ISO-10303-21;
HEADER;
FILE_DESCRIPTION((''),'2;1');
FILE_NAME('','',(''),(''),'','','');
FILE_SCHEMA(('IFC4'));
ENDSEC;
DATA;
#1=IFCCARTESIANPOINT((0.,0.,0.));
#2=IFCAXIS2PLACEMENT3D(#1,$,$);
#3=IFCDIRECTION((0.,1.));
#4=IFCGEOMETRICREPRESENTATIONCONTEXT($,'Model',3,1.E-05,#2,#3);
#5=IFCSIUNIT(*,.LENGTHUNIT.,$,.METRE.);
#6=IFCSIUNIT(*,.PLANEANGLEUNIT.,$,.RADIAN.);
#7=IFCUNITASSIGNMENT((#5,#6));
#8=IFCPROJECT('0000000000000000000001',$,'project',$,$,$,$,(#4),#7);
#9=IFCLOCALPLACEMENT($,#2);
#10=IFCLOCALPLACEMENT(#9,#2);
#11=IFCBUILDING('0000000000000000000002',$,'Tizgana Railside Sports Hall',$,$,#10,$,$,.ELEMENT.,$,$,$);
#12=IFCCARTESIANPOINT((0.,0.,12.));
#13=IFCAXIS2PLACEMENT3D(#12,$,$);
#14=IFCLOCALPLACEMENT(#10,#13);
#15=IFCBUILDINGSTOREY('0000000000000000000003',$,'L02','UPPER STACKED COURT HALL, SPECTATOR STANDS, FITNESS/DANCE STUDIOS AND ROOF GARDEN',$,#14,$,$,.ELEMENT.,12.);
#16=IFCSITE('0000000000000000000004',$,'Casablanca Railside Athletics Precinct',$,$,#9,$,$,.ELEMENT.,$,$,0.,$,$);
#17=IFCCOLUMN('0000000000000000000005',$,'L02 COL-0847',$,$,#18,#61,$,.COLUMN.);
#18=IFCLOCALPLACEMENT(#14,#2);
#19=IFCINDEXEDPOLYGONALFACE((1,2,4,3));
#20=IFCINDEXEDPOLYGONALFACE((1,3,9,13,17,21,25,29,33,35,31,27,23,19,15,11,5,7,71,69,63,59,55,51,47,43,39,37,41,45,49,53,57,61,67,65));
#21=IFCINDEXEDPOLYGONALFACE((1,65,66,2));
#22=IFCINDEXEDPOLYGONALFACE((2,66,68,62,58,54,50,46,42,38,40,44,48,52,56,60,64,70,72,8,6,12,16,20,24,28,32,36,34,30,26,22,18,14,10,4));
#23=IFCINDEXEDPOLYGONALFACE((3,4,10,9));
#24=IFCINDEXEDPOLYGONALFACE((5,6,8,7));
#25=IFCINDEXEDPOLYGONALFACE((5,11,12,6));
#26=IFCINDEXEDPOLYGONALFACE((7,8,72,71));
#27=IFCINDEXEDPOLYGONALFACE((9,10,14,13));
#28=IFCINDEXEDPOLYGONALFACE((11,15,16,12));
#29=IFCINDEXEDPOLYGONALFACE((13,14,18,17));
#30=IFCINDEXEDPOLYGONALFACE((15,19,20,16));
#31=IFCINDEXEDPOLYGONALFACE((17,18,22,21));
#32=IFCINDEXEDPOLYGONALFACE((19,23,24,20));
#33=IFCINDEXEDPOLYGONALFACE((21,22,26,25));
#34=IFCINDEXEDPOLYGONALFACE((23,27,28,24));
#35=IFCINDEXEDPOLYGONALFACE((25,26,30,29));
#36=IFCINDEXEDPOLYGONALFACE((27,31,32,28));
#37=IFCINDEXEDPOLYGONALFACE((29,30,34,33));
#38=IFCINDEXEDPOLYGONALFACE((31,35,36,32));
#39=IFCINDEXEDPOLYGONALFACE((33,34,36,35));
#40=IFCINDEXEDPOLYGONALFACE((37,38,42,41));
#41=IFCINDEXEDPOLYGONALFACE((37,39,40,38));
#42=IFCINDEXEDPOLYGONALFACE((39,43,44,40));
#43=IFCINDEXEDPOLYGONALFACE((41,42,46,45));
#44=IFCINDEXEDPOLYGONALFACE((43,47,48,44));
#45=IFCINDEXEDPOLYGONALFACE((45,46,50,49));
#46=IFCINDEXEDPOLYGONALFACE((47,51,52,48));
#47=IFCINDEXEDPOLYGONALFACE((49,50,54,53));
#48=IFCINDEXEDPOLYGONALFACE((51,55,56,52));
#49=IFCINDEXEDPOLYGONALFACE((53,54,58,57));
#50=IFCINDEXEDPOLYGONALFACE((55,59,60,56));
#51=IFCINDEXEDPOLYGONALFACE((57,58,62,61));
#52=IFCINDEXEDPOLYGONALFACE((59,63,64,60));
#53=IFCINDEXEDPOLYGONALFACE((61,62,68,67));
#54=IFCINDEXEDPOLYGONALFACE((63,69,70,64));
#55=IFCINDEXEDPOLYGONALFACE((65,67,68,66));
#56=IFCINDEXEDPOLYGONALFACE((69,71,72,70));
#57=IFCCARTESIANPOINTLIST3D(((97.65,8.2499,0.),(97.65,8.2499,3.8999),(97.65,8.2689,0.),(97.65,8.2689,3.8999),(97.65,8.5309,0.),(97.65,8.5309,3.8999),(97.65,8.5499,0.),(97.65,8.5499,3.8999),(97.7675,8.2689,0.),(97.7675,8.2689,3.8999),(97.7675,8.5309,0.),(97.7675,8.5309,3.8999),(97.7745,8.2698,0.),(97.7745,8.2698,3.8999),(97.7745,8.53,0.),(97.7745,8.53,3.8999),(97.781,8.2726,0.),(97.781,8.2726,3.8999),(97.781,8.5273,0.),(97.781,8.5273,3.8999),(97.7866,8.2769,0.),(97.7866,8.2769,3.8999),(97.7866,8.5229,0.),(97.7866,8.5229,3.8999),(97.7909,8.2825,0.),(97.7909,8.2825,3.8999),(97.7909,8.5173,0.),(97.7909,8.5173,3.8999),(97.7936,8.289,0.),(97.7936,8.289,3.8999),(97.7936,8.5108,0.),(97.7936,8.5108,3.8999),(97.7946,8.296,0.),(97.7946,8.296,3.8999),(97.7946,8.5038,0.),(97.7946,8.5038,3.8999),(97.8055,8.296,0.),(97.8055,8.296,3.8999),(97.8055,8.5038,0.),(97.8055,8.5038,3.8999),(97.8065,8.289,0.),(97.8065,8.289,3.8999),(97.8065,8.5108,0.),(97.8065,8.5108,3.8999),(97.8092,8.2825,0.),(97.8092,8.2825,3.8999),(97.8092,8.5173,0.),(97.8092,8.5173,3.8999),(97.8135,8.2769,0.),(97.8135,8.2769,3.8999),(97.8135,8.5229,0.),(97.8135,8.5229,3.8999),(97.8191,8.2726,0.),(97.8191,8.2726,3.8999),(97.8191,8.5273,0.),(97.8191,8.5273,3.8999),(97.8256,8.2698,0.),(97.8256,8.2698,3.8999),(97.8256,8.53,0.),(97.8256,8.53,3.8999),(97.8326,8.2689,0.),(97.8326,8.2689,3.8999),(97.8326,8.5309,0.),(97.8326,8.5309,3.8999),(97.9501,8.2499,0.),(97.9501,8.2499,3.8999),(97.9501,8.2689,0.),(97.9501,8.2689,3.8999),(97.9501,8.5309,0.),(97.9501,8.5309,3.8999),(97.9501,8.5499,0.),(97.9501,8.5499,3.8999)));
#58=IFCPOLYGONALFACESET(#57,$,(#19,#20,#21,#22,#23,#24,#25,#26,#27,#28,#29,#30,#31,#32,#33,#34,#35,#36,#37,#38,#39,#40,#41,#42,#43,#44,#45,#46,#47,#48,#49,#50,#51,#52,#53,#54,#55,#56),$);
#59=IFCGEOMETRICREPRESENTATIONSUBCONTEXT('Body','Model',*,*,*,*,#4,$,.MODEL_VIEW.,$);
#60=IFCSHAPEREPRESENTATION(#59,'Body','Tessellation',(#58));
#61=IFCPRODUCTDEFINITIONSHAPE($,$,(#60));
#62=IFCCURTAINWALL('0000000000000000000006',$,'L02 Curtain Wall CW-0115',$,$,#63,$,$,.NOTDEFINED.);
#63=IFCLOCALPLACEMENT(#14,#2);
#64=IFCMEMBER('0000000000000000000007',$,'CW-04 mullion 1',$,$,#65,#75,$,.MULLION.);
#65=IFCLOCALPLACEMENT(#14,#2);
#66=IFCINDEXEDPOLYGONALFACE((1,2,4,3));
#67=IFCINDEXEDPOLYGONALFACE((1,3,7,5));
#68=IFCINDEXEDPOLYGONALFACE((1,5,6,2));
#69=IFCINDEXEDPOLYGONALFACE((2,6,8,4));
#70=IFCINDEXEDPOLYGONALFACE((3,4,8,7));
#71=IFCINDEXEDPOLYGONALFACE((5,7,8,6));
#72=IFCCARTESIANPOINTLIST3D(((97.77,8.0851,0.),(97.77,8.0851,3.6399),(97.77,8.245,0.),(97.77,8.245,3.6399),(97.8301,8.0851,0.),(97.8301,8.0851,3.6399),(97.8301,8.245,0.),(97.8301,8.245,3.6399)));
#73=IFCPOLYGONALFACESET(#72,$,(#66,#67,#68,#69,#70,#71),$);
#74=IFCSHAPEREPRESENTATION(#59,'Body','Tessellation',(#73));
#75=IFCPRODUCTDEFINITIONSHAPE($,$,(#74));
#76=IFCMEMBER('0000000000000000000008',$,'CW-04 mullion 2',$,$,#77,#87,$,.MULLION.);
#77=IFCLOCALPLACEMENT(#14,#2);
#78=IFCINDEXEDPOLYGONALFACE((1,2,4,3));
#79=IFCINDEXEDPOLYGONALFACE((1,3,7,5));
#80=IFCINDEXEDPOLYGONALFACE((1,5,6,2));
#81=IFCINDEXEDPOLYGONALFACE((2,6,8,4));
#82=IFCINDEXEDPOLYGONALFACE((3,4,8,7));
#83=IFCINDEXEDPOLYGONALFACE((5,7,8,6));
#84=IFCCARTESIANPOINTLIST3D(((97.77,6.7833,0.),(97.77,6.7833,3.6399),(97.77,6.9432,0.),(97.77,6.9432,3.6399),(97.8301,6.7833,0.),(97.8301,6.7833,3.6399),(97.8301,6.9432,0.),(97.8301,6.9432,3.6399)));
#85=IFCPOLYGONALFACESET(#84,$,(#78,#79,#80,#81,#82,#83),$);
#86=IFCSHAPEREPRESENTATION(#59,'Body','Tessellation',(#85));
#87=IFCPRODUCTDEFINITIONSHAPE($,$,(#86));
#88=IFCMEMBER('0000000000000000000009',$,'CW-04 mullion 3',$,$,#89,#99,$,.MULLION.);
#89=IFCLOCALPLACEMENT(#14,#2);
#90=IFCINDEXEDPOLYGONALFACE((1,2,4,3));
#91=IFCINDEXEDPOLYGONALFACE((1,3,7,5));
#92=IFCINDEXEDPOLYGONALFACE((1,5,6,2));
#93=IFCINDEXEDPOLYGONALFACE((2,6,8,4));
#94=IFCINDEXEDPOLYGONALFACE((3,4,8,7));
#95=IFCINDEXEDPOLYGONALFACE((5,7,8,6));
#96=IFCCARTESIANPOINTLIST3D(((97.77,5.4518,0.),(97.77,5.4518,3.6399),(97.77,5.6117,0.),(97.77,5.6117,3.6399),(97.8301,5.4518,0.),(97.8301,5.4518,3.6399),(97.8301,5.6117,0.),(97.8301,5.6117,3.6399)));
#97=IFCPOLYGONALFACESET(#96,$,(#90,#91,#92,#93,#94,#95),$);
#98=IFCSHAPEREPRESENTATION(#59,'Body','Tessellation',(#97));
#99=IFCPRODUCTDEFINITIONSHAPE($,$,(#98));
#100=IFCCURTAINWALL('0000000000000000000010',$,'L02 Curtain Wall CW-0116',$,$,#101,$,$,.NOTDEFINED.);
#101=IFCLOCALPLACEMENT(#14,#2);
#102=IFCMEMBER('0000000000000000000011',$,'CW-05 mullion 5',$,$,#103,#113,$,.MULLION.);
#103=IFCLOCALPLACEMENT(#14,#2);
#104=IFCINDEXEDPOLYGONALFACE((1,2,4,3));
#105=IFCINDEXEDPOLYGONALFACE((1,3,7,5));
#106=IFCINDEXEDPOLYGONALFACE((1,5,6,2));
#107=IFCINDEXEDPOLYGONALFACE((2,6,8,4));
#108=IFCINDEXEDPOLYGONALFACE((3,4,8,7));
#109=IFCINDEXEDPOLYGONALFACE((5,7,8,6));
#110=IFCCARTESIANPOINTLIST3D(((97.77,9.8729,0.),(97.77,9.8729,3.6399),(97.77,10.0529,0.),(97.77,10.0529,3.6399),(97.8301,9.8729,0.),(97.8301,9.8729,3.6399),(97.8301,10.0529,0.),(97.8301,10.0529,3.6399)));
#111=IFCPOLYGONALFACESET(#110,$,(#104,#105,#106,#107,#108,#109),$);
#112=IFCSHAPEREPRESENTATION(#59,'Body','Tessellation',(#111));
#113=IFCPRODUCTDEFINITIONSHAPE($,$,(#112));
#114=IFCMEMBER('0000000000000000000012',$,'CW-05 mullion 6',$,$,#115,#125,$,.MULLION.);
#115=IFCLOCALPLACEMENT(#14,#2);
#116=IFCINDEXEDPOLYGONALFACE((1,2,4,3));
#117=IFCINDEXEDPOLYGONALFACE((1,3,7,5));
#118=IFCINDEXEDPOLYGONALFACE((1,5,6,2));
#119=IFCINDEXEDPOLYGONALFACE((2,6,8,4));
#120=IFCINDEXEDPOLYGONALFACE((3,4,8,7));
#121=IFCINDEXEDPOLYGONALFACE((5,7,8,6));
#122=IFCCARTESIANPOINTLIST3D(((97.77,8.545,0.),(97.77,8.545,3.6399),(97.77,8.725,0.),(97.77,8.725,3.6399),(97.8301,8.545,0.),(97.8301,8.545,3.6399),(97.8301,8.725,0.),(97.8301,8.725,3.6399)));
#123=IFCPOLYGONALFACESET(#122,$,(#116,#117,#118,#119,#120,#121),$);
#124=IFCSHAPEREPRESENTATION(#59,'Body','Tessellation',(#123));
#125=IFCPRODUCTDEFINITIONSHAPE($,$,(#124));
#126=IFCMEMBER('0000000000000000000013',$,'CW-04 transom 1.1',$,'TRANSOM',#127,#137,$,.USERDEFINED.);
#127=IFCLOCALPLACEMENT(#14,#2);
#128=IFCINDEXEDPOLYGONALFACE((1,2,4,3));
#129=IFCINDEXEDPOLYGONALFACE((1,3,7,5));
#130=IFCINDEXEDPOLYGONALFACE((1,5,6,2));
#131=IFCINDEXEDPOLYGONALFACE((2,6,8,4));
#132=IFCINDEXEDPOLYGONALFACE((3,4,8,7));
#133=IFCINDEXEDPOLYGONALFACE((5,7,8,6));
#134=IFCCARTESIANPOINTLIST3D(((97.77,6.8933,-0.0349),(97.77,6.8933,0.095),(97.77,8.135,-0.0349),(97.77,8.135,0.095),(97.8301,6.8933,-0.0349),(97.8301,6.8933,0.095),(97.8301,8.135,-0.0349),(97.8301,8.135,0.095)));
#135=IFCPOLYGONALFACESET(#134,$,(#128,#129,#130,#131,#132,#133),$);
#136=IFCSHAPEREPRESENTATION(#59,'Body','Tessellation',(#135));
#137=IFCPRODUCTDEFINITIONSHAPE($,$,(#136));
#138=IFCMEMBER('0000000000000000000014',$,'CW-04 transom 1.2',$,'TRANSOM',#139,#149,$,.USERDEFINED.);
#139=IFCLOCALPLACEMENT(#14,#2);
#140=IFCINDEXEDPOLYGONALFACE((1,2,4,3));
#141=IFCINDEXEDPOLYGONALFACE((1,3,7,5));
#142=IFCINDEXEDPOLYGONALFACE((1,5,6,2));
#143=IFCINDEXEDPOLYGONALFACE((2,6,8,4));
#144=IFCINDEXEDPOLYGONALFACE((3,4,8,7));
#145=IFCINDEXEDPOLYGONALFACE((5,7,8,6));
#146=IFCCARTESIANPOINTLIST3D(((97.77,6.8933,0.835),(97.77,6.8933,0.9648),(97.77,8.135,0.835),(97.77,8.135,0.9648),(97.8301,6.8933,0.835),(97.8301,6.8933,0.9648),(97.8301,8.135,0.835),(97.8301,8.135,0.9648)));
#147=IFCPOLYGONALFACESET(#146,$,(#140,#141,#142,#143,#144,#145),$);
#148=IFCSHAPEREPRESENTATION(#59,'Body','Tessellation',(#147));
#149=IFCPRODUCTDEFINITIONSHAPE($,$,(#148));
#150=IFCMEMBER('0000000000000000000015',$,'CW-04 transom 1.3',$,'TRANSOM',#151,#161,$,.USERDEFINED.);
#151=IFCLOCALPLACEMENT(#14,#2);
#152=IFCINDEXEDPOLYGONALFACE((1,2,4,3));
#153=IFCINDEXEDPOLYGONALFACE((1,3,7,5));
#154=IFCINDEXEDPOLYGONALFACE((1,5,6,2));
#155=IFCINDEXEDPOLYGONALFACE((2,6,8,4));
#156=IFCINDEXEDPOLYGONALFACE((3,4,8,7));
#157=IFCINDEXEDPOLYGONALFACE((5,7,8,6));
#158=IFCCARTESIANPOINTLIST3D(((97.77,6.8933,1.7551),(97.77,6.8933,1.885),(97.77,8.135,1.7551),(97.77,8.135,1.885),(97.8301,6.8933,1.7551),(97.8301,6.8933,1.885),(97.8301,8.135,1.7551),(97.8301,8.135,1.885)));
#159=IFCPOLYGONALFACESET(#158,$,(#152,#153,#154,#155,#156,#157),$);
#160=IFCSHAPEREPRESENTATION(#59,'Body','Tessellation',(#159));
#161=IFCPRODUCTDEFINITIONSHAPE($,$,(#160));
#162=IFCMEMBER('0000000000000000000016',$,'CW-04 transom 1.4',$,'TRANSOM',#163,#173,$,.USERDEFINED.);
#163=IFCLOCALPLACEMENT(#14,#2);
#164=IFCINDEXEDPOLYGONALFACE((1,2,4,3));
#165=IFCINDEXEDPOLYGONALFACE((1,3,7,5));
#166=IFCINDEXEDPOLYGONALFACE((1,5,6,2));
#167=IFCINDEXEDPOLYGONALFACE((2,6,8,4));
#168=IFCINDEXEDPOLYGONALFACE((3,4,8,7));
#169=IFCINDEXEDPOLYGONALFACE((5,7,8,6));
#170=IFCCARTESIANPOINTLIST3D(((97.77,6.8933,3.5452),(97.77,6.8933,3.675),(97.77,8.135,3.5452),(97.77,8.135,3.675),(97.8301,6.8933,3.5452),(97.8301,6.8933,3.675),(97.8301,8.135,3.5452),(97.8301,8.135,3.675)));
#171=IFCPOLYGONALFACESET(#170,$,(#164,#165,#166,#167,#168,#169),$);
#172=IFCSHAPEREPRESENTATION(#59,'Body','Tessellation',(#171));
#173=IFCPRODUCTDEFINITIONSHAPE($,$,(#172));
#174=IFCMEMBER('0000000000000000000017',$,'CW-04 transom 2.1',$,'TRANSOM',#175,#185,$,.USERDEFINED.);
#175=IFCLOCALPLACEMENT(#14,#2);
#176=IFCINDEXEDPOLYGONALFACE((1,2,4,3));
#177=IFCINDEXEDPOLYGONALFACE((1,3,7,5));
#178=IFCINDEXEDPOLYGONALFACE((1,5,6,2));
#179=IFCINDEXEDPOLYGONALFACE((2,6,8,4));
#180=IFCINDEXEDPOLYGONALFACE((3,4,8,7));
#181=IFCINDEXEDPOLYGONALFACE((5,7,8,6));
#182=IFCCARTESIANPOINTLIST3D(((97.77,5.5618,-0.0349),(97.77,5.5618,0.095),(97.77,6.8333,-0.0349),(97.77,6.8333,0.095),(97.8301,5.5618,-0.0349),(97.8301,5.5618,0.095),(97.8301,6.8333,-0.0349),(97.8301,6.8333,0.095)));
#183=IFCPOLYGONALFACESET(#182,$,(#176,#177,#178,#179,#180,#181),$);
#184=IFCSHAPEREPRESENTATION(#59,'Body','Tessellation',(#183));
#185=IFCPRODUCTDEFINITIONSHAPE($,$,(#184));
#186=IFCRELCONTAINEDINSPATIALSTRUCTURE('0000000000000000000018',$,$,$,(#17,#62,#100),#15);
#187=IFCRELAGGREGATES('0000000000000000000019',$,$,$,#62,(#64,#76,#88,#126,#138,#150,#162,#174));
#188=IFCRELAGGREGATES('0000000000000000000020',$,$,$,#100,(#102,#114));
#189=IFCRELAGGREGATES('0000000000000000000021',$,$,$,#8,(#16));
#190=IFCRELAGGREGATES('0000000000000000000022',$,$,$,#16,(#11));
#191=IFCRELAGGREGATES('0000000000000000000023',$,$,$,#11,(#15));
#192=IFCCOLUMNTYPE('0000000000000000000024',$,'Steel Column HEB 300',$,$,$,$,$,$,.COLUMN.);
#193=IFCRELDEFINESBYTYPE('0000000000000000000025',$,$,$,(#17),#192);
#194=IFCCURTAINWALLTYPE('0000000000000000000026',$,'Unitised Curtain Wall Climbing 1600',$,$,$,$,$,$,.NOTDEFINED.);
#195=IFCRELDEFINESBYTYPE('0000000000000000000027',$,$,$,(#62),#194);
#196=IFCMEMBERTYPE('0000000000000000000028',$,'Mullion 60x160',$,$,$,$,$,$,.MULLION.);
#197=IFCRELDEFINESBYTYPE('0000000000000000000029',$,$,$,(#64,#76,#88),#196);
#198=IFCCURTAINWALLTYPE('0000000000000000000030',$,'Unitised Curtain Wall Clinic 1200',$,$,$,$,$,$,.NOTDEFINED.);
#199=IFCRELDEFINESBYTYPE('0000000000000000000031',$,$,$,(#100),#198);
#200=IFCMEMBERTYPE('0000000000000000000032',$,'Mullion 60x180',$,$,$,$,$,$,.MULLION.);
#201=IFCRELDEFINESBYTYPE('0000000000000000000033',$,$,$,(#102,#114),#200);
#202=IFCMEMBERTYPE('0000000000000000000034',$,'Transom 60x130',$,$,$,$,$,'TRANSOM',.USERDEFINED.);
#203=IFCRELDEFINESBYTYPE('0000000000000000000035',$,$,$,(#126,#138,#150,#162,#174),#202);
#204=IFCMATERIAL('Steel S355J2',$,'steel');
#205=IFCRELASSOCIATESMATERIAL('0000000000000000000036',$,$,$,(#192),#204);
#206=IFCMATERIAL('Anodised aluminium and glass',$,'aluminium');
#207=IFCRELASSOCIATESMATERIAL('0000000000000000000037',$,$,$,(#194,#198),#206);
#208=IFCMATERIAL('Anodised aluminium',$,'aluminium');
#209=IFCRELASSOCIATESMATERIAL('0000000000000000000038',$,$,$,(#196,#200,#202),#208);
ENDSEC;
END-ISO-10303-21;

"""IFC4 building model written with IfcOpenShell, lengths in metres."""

from ifc_helpers import new_model, si_unit, direction, frame, origin, origin_2d, place, context, subcontext, project, spatial, rectangle, i_section, extrude, material, material_profile, profile_set, type_object, element, aggregate, save


model = new_model("IFC4")

# Units and contexts
model_context = context("Model", 3, precision=1e-05, world=origin(), true_north=direction((0.0, 1.0)))
body_context = subcontext(model_context, "Body", "Model", "MODEL_VIEW")
ifc_project = project(units=[si_unit("LENGTHUNIT", "METRE"), si_unit("PLANEANGLEUNIT", "RADIAN")], contexts=[model_context])

# Site, building, storey
site_placement = place(None, origin())
site = spatial("IfcSite", under=ifc_project, at=site_placement, Name="Casablanca Railside Athletics Precinct", CompositionType="ELEMENT", RefElevation=0.0)
building_placement = place(site_placement, origin())
building = spatial("IfcBuilding", under=site, at=building_placement, Name="Tizgana Railside Sports Hall", CompositionType="ELEMENT")
storey_placement = place(building_placement, frame((0.0, 0.0, 12.0)))
storey = spatial("IfcBuildingStorey", under=building, at=storey_placement, Name="L02", Description="UPPER STACKED COURT HALL, SPECTATOR STANDS, FITNESS/DANCE STUDIOS AND ROOF GARDEN", CompositionType="ELEMENT", Elevation=12.0)

# Column
ifc_material_1 = material(Name="Steel S355J2", Category="steel")
ifc_material_profile_1 = material_profile(ifc_material_1, i_section(OverallWidth=0.3, OverallDepth=0.3, WebThickness=0.011, FlangeThickness=0.019, FilletRadius=0.0271, at=origin_2d()), Name="HEB 300")
ifc_profile_set_1 = profile_set([ifc_material_profile_1], Name="Steel S355J2")
column_type = type_object("IfcColumnType", Name="Steel Column HEB 300", PredefinedType="COLUMN", material=ifc_profile_set_1)
column_placement = place(storey_placement, frame((97.8, 8.3999, 0.0), z_axis=(0.0, 0.0, 1.0), x_axis=(1.0, 0.0, 0.0)))
element("IfcColumn", 1, at=column_placement, inside=storey, type_object=column_type, Name="L02 COL-0847", PredefinedType="COLUMN", context=body_context, shape_type="SweptSolid", body=[
    extrude(i_section(OverallWidth=0.3, OverallDepth=0.3, WebThickness=0.011, FlangeThickness=0.019, FilletRadius=0.0271, at=origin_2d()), origin(), (0.0, 0.0, 1.0), 3.8999),
])

# Curtain walls, members
ifc_material_2 = material(Name="Anodised aluminium and glass", Category="aluminium")
curtain_wall_type_1 = type_object("IfcCurtainWallType", Name="Unitised Curtain Wall Climbing 1600", PredefinedType="NOTDEFINED", material=ifc_material_2)
curtain_wall_1_placement = place(storey_placement, origin())
curtain_wall_1 = element("IfcCurtainWall", 2, at=curtain_wall_1_placement, inside=storey, type_object=curtain_wall_type_1, Name="L02 Curtain Wall CW-0115", PredefinedType="NOTDEFINED")
ifc_material_3 = material(Name="Anodised aluminium", Category="aluminium")
ifc_material_profile_2 = material_profile(ifc_material_3, rectangle(XDim=0.0601, YDim=0.1599, at=origin_2d()), Name="Mullion 60x160")
ifc_profile_set_2 = profile_set([ifc_material_profile_2], Name="Anodised aluminium")
member_type_1 = type_object("IfcMemberType", Name="Mullion 60x160", PredefinedType="MULLION", material=ifc_profile_set_2)
member_1_placement = place(storey_placement, frame((97.8, 8.165, 0.0), z_axis=(0.0, 0.0, 1.0), x_axis=(1.0, 0.0, 0.0)))
member_1 = element("IfcMember", 3, at=member_1_placement, type_object=member_type_1, Name="CW-04 mullion 1", PredefinedType="MULLION", context=body_context, shape_type="SweptSolid", body=[
    extrude(rectangle(XDim=0.0601, YDim=0.1599, at=origin_2d()), origin(), (0.0, 0.0, 1.0), 3.6399),
])
member_2_placement = place(storey_placement, frame((97.8, 6.8633, 0.0), z_axis=(0.0, 0.0, 1.0), x_axis=(1.0, 0.0, 0.0)))
member_2 = element("IfcMember", 4, at=member_2_placement, type_object=member_type_1, Name="CW-04 mullion 2", PredefinedType="MULLION", context=body_context, shape_type="SweptSolid", body=[
    extrude(rectangle(XDim=0.0601, YDim=0.1599, at=origin_2d()), origin(), (0.0, 0.0, 1.0), 3.6399),
])
member_3_placement = place(storey_placement, frame((97.8, 5.5317, 0.0), z_axis=(0.0, 0.0, 1.0), x_axis=(1.0, 0.0, 0.0)))
member_3 = element("IfcMember", 5, at=member_3_placement, type_object=member_type_1, Name="CW-04 mullion 3", PredefinedType="MULLION", context=body_context, shape_type="SweptSolid", body=[
    extrude(rectangle(XDim=0.0601, YDim=0.1599, at=origin_2d()), origin(), (0.0, 0.0, 1.0), 3.6399),
])
curtain_wall_type_2 = type_object("IfcCurtainWallType", Name="Unitised Curtain Wall Clinic 1200", PredefinedType="NOTDEFINED", material=ifc_material_2)
curtain_wall_2_placement = place(storey_placement, origin())
curtain_wall_2 = element("IfcCurtainWall", 6, at=curtain_wall_2_placement, inside=storey, type_object=curtain_wall_type_2, Name="L02 Curtain Wall CW-0116", PredefinedType="NOTDEFINED")
ifc_material_profile_3 = material_profile(ifc_material_3, rectangle(XDim=0.0601, YDim=0.1799, at=origin_2d()), Name="Mullion 60x180")
ifc_profile_set_3 = profile_set([ifc_material_profile_3], Name="Anodised aluminium")
member_type_2 = type_object("IfcMemberType", Name="Mullion 60x180", PredefinedType="MULLION", material=ifc_profile_set_3)
member_4_placement = place(storey_placement, frame((97.8, 9.9629, 0.0), z_axis=(0.0, 0.0, 1.0), x_axis=(1.0, 0.0, 0.0)))
member_4 = element("IfcMember", 7, at=member_4_placement, type_object=member_type_2, Name="CW-05 mullion 5", PredefinedType="MULLION", context=body_context, shape_type="SweptSolid", body=[
    extrude(rectangle(XDim=0.0601, YDim=0.1799, at=origin_2d()), origin(), (0.0, 0.0, 1.0), 3.6399),
])
member_5_placement = place(storey_placement, frame((97.8, 8.635, 0.0), z_axis=(0.0, 0.0, 1.0), x_axis=(1.0, 0.0, 0.0)))
member_5 = element("IfcMember", 8, at=member_5_placement, type_object=member_type_2, Name="CW-05 mullion 6", PredefinedType="MULLION", context=body_context, shape_type="SweptSolid", body=[
    extrude(rectangle(XDim=0.0601, YDim=0.1799, at=origin_2d()), origin(), (0.0, 0.0, 1.0), 3.6399),
])

# Members
ifc_material_profile_4 = material_profile(ifc_material_3, rectangle(XDim=0.0601, YDim=0.1299, at=origin_2d()), Name="Transom 60x130")
ifc_profile_set_4 = profile_set([ifc_material_profile_4], Name="Anodised aluminium")
member_type_3 = type_object("IfcMemberType", Name="Transom 60x130", ElementType="TRANSOM", PredefinedType="USERDEFINED", material=ifc_profile_set_4)
member_6_placement = place(storey_placement, frame((97.8, 8.135, 0.03), z_axis=(0.0, -1.0, 0.0), x_axis=(1.0, 0.0, 0.0)))
member_6 = element("IfcMember", 9, at=member_6_placement, type_object=member_type_3, Name="CW-04 transom 1.1", ObjectType="TRANSOM", PredefinedType="USERDEFINED", context=body_context, shape_type="SweptSolid", body=[
    extrude(rectangle(XDim=0.0601, YDim=0.1299, at=origin_2d()), origin(), (0.0, 0.0, 1.0), 1.2417),
])
member_7_placement = place(storey_placement, frame((97.8, 8.135, 0.8999), z_axis=(0.0, -1.0, 0.0), x_axis=(1.0, 0.0, 0.0)))
member_7 = element("IfcMember", 10, at=member_7_placement, type_object=member_type_3, Name="CW-04 transom 1.2", ObjectType="TRANSOM", PredefinedType="USERDEFINED", context=body_context, shape_type="SweptSolid", body=[
    extrude(rectangle(XDim=0.0601, YDim=0.1299, at=origin_2d()), origin(), (0.0, 0.0, 1.0), 1.2417),
])
member_8_placement = place(storey_placement, frame((97.8, 8.135, 1.8201), z_axis=(0.0, -1.0, 0.0), x_axis=(1.0, 0.0, 0.0)))
member_8 = element("IfcMember", 11, at=member_8_placement, type_object=member_type_3, Name="CW-04 transom 1.3", ObjectType="TRANSOM", PredefinedType="USERDEFINED", context=body_context, shape_type="SweptSolid", body=[
    extrude(rectangle(XDim=0.0601, YDim=0.1299, at=origin_2d()), origin(), (0.0, 0.0, 1.0), 1.2417),
])
member_9_placement = place(storey_placement, frame((97.8, 8.135, 3.6101), z_axis=(0.0, -1.0, 0.0), x_axis=(1.0, 0.0, 0.0)))
member_9 = element("IfcMember", 12, at=member_9_placement, type_object=member_type_3, Name="CW-04 transom 1.4", ObjectType="TRANSOM", PredefinedType="USERDEFINED", context=body_context, shape_type="SweptSolid", body=[
    extrude(rectangle(XDim=0.0601, YDim=0.1299, at=origin_2d()), origin(), (0.0, 0.0, 1.0), 1.2417),
])
member_10_placement = place(storey_placement, frame((97.8, 6.8333, 0.03), z_axis=(0.0, -1.0, 0.0), x_axis=(1.0, 0.0, 0.0)))
member_10 = element("IfcMember", 13, at=member_10_placement, type_object=member_type_3, Name="CW-04 transom 2.1", ObjectType="TRANSOM", PredefinedType="USERDEFINED", context=body_context, shape_type="SweptSolid", body=[
    extrude(rectangle(XDim=0.0601, YDim=0.1299, at=origin_2d()), origin(), (0.0, 0.0, 1.0), 1.2715),
])

aggregate(curtain_wall_1, [member_1, member_2, member_3, member_6, member_7, member_8, member_9, member_10])
aggregate(curtain_wall_2, [member_4, member_5])

save(model, "model.ifc")
